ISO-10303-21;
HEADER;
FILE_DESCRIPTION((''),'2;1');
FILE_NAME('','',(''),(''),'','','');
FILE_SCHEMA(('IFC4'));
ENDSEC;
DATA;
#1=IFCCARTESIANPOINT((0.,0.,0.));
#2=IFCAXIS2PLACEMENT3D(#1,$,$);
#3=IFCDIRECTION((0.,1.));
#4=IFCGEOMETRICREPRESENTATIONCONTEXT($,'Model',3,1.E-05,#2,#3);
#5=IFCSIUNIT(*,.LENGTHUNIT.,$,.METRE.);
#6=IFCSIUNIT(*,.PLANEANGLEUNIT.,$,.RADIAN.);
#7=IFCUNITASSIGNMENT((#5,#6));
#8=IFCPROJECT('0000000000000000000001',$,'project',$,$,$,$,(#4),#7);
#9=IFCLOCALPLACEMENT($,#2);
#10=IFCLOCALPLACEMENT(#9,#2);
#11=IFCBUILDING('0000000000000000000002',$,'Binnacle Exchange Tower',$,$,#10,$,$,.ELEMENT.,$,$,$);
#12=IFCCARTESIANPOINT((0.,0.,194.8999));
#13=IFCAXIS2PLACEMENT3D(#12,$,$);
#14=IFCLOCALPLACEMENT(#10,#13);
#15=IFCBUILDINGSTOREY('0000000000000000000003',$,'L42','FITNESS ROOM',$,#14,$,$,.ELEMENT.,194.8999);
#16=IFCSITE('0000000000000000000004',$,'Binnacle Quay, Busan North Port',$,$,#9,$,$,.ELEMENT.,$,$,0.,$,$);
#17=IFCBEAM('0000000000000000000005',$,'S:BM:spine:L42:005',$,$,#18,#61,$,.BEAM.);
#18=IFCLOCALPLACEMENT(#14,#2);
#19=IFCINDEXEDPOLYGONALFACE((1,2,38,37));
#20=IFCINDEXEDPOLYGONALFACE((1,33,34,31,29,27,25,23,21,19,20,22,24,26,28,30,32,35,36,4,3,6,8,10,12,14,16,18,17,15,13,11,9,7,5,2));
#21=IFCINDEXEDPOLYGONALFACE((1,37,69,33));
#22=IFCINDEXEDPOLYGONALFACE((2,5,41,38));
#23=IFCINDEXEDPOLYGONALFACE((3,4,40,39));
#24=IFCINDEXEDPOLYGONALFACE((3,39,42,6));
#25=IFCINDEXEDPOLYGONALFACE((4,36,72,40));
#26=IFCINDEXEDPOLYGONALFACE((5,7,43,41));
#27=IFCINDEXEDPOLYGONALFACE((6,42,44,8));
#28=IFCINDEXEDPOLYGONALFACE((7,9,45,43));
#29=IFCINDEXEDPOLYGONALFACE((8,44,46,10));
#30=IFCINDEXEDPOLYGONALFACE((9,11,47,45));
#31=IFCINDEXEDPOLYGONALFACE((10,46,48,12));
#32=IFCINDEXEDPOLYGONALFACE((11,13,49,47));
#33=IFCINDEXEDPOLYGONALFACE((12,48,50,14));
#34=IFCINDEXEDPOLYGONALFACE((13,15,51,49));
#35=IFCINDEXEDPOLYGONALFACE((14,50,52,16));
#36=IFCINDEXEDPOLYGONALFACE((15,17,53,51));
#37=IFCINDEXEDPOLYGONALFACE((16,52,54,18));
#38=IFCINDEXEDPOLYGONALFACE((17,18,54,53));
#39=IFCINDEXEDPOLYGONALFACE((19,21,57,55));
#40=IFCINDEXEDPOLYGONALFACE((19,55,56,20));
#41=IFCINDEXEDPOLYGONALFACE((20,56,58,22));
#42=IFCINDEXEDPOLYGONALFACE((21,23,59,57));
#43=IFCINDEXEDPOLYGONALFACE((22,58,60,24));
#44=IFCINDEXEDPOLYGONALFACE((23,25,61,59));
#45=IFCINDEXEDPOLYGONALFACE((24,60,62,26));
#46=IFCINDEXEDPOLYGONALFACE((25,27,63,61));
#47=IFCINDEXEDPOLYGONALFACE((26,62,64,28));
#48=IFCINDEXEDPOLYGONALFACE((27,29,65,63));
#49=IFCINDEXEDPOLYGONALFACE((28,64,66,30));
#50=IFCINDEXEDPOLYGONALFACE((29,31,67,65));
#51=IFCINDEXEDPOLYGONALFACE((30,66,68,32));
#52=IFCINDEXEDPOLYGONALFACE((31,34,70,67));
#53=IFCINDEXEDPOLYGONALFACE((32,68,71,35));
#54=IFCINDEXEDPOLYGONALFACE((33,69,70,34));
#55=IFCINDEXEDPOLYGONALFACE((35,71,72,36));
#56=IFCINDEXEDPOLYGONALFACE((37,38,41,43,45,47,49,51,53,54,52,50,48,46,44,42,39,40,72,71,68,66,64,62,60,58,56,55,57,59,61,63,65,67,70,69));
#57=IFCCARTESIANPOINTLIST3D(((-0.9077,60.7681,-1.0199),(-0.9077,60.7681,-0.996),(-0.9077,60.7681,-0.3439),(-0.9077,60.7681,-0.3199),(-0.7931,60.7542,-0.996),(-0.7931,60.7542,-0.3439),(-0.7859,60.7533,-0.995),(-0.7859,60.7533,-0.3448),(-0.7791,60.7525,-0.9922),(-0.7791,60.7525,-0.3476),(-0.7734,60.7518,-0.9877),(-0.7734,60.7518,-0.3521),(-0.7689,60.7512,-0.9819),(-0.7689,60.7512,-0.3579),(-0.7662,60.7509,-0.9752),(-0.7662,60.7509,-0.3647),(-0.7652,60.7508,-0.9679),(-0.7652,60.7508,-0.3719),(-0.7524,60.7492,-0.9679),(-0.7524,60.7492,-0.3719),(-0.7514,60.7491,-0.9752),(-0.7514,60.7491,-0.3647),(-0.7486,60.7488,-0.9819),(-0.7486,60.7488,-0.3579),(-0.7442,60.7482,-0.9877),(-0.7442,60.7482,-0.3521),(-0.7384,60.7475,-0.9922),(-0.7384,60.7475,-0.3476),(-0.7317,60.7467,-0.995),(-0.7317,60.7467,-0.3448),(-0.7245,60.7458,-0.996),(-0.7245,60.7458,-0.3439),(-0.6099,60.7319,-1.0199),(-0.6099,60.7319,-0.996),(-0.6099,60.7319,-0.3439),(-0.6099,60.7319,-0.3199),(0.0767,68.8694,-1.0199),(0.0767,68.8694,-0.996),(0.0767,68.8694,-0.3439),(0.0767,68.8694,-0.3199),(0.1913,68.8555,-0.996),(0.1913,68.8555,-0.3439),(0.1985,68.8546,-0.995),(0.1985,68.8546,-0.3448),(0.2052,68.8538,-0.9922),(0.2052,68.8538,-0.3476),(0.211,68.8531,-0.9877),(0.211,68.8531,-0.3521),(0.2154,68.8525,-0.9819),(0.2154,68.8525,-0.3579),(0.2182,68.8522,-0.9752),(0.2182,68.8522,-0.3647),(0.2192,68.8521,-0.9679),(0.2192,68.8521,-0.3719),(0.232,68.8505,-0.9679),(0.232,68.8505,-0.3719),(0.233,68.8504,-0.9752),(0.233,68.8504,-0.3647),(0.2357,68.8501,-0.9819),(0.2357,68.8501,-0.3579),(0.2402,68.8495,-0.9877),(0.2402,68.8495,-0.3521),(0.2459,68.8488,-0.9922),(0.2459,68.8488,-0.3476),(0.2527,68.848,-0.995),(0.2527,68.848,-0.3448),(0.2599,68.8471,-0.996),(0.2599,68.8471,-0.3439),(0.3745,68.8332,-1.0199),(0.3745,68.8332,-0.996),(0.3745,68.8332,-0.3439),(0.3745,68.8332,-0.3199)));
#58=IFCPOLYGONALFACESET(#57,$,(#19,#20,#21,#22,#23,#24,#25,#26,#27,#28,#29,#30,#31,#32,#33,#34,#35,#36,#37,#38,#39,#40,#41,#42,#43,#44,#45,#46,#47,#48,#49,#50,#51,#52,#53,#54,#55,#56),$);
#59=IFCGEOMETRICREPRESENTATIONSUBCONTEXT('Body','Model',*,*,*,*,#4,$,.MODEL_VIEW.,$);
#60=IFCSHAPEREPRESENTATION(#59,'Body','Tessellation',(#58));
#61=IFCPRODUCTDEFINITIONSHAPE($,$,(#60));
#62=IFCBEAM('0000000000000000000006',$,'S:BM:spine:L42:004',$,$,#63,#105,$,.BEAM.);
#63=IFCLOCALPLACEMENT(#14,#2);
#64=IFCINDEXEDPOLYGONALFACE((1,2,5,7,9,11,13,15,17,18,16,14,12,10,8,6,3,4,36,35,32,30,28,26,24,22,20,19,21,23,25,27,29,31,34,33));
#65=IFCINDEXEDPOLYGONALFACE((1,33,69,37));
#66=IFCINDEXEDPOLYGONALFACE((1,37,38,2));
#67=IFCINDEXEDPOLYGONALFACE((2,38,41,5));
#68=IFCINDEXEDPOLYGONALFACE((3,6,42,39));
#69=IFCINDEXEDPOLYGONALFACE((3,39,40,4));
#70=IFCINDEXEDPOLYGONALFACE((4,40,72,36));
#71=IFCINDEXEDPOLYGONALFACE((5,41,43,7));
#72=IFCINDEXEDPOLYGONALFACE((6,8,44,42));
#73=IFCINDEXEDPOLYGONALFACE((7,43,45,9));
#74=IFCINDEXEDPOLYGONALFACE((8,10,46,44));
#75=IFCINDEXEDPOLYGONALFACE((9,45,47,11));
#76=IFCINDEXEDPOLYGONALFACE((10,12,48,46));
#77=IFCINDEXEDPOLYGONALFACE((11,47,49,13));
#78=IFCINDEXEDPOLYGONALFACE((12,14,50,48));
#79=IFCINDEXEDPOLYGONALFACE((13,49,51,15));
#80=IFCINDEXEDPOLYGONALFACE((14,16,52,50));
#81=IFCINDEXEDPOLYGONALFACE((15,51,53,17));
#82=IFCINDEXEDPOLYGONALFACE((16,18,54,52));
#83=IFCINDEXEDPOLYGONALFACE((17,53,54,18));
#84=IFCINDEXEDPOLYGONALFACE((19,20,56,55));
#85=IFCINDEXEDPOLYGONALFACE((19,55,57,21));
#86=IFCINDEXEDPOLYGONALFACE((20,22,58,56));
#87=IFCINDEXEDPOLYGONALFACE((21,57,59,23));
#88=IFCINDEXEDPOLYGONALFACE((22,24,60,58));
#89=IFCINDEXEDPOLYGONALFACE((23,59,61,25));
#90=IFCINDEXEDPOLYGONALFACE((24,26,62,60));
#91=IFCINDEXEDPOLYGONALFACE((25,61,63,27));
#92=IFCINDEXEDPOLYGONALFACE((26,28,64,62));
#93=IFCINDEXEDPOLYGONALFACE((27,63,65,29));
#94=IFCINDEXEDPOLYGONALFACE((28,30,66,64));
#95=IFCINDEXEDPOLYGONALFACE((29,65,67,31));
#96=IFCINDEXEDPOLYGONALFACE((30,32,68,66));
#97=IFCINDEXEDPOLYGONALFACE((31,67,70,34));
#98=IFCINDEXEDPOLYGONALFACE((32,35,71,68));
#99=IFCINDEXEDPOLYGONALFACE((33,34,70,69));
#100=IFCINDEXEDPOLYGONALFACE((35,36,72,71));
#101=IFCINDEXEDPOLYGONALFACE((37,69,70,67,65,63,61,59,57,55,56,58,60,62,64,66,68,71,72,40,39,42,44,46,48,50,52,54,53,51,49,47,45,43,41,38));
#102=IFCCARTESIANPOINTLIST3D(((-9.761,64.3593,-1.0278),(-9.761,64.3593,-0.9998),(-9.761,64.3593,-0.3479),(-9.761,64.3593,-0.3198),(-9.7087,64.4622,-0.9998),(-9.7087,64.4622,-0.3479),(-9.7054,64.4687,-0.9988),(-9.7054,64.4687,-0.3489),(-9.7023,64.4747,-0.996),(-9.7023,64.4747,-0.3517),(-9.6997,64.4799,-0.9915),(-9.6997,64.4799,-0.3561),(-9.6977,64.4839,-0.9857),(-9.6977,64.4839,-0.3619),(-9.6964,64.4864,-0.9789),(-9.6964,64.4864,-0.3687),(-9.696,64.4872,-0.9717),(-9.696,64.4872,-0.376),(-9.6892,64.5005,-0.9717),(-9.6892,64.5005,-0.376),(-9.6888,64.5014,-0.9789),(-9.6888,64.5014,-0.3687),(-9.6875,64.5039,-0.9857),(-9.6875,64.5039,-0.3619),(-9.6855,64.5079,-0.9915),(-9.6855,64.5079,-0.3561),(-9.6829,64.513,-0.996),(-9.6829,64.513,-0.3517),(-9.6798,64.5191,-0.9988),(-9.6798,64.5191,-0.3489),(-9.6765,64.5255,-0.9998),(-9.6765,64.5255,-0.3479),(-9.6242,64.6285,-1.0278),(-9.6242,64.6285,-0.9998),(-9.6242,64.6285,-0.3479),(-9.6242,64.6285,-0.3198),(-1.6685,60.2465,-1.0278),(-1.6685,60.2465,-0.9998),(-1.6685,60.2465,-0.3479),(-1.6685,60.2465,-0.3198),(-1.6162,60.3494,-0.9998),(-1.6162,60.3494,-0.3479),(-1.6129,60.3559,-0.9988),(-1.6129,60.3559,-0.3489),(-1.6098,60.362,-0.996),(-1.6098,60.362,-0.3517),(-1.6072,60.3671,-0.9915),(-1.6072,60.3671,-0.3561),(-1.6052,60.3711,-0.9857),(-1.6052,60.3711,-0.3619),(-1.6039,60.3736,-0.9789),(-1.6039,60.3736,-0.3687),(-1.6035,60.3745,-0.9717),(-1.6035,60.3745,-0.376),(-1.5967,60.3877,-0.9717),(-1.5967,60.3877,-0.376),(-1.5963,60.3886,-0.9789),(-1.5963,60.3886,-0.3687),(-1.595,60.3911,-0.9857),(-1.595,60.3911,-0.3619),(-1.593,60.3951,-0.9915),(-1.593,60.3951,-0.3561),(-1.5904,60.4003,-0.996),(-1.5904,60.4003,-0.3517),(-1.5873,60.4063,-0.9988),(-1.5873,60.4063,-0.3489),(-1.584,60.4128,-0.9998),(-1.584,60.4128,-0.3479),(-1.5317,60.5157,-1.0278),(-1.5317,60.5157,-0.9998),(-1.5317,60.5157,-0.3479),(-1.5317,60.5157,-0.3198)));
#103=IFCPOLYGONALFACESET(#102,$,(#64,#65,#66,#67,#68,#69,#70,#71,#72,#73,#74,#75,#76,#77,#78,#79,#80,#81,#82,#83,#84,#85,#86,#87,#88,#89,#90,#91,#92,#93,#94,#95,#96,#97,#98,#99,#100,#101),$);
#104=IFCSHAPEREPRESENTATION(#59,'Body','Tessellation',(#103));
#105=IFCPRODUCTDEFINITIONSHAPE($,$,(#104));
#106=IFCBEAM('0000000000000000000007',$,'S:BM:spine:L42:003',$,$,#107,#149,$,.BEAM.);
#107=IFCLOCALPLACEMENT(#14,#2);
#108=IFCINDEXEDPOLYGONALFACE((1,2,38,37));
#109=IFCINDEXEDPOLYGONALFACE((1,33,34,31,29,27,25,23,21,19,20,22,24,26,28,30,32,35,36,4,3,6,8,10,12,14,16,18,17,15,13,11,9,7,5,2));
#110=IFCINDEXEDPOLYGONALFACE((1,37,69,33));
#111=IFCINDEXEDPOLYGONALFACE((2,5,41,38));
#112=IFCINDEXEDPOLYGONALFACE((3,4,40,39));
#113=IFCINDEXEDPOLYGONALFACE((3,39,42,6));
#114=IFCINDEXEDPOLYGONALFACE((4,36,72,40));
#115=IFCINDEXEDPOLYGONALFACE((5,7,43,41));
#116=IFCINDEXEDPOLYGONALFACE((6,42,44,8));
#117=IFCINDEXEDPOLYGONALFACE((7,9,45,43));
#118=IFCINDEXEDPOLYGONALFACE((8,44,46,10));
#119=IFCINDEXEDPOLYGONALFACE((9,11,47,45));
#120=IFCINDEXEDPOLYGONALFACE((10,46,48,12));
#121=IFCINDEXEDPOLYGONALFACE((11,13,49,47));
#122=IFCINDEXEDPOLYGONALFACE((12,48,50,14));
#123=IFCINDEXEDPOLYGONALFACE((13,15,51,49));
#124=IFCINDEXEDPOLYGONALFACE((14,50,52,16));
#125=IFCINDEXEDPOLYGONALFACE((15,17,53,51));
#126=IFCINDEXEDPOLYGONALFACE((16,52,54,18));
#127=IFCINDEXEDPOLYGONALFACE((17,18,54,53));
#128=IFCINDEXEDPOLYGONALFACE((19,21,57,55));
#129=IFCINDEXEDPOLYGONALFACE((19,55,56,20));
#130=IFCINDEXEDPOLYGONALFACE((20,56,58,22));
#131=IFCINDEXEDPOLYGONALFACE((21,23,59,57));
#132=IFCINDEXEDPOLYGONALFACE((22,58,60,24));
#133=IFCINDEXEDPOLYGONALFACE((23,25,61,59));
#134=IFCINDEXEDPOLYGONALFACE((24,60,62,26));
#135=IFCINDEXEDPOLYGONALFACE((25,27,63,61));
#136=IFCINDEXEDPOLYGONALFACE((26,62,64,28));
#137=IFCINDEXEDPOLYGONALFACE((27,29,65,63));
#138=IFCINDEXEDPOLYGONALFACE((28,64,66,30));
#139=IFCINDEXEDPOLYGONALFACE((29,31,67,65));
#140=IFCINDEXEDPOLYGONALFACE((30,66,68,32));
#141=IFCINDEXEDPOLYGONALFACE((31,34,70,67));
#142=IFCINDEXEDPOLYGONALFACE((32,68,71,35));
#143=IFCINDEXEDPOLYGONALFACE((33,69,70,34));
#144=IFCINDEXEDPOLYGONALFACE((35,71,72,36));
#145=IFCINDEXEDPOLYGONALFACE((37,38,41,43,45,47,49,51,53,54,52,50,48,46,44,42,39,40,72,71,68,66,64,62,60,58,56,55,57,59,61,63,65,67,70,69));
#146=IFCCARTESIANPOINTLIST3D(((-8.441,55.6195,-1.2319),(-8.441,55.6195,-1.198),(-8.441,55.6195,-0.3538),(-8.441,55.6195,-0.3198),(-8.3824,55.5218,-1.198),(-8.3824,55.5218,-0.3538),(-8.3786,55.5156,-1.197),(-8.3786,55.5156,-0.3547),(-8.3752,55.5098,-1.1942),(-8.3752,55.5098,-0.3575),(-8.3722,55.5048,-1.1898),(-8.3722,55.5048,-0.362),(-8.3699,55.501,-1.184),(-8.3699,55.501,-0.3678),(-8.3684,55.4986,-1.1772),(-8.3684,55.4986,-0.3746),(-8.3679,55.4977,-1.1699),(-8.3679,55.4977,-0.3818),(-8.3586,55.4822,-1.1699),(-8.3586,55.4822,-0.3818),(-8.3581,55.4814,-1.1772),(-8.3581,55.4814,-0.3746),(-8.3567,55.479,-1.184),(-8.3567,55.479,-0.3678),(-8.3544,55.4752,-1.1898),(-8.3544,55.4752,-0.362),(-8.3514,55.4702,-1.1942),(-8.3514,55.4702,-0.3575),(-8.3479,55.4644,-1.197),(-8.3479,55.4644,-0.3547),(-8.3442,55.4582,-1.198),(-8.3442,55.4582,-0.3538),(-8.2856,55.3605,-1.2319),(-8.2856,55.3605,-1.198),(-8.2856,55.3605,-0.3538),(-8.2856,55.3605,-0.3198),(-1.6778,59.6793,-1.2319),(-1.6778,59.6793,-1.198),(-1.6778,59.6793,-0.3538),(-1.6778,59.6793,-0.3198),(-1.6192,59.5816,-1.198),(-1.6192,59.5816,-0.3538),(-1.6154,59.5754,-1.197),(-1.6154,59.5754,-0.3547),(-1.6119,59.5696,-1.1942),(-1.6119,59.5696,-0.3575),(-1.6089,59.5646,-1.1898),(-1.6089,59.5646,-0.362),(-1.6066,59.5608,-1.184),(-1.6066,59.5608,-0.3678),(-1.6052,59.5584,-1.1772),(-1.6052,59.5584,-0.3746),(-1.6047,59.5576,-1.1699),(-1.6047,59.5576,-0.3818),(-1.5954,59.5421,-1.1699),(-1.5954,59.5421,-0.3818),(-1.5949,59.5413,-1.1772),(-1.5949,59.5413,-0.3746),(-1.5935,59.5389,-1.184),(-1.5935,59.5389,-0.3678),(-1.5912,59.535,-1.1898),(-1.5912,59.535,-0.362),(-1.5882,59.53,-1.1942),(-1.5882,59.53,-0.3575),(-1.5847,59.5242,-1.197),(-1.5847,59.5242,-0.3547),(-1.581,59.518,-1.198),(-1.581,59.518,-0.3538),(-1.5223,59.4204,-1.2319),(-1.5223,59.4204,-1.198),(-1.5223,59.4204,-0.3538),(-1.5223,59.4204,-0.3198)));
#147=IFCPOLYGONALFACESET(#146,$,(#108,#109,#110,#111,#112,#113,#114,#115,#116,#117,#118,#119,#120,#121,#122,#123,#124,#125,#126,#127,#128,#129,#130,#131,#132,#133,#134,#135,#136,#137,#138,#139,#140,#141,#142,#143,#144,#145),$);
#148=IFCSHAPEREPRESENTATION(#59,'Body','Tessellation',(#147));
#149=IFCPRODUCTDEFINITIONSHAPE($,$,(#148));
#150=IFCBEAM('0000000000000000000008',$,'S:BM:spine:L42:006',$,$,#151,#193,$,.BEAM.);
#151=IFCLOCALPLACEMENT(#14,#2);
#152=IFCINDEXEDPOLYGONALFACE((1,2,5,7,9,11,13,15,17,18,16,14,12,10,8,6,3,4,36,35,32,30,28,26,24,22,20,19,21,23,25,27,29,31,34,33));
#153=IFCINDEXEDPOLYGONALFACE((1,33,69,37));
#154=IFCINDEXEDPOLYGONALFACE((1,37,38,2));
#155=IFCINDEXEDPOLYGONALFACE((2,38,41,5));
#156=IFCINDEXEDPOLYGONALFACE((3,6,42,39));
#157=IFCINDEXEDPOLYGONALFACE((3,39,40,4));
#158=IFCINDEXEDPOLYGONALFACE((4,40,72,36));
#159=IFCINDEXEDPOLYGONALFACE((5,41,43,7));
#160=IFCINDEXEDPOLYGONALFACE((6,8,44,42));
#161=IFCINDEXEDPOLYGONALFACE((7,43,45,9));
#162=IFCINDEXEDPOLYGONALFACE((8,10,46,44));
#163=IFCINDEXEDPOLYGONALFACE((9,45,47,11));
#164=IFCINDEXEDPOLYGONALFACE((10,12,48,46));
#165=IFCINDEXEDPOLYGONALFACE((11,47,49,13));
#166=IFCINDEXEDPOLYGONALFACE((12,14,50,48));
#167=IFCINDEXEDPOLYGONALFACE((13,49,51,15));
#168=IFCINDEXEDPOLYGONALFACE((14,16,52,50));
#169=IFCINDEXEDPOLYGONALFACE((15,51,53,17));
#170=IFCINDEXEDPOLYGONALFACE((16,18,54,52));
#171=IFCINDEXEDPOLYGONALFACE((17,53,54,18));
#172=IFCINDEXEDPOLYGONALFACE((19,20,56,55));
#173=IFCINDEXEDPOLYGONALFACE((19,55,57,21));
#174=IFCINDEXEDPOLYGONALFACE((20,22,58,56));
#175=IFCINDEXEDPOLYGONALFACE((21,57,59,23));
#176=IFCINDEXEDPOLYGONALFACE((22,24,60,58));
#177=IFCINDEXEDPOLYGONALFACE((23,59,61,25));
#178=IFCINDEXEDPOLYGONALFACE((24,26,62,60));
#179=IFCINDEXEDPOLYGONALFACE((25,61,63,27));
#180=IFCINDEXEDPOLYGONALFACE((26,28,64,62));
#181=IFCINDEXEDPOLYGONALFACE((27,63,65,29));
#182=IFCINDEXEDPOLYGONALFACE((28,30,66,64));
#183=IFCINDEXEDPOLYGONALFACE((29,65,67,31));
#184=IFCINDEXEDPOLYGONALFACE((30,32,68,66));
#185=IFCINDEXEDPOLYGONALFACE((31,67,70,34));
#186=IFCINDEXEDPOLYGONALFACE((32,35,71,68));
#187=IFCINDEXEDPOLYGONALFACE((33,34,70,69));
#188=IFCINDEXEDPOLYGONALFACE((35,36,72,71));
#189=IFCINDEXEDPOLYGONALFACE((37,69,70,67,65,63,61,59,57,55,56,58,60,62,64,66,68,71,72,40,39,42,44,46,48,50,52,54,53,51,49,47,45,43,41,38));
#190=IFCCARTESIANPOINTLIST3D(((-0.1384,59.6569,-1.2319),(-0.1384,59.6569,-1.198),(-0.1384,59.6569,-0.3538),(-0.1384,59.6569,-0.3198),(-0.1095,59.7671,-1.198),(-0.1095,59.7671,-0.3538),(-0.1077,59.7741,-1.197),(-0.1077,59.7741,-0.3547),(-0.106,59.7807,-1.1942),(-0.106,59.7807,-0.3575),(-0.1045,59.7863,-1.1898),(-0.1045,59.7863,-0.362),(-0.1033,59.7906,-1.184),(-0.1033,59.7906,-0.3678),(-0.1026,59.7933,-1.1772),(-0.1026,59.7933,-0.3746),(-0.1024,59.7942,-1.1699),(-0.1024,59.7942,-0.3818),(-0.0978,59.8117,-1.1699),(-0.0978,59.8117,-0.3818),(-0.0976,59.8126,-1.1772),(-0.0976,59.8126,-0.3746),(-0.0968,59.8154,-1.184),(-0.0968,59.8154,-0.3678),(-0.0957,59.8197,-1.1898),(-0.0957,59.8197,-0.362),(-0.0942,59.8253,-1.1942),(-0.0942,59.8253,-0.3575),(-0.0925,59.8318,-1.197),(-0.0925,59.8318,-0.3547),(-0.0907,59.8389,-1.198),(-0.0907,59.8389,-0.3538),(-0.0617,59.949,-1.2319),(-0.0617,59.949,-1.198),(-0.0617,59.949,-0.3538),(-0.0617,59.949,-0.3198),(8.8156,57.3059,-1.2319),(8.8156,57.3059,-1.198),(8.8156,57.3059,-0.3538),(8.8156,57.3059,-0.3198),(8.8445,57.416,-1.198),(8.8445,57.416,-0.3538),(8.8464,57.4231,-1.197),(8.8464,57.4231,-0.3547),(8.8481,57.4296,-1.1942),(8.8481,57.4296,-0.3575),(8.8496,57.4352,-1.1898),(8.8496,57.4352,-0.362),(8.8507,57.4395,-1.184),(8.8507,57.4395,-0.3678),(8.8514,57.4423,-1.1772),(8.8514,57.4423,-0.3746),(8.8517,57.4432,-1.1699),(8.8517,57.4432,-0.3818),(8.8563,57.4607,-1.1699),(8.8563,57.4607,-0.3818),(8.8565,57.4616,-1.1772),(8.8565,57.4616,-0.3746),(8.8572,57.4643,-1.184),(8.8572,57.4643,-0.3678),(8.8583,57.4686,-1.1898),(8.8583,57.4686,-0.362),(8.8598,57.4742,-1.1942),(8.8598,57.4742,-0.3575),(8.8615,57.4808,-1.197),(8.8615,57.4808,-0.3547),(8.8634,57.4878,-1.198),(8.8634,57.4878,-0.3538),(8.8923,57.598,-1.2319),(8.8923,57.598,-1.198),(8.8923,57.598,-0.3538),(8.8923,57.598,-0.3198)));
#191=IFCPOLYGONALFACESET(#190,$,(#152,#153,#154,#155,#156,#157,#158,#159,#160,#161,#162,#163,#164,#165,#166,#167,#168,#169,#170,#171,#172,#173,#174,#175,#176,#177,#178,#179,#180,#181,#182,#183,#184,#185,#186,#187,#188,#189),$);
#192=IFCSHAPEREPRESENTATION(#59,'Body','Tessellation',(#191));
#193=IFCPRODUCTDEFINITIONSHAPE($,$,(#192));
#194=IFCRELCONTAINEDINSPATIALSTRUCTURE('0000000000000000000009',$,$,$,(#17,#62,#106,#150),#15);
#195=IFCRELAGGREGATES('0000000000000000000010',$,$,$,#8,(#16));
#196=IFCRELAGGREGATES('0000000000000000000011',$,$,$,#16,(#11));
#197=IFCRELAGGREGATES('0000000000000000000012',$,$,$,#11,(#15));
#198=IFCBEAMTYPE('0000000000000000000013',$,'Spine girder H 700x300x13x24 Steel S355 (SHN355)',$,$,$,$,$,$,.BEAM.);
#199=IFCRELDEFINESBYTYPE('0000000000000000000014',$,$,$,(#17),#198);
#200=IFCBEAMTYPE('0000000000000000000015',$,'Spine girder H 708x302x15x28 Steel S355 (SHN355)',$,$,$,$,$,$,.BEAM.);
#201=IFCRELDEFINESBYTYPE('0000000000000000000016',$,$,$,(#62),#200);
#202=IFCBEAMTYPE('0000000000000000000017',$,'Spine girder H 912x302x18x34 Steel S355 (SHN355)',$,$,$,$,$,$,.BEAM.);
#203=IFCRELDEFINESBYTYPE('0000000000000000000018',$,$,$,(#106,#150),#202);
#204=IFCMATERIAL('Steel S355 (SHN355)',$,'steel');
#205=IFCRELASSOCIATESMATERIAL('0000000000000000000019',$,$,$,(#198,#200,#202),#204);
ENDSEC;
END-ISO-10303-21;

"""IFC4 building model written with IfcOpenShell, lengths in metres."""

from ifc_helpers import new_model, si_unit, direction, frame, origin, origin_2d, place, context, subcontext, project, spatial, i_section, extrude, material, material_profile, profile_set, type_object, element, save


model = new_model("IFC4")

# Units and contexts
model_context = context("Model", 3, precision=1e-05, world=origin(), true_north=direction((0.0, 1.0)))
body_context = subcontext(model_context, "Body", "Model", "MODEL_VIEW")
ifc_project = project(units=[si_unit("LENGTHUNIT", "METRE"), si_unit("PLANEANGLEUNIT", "RADIAN")], contexts=[model_context])

# Site, building, storey
site_placement = place(None, origin())
site = spatial("IfcSite", under=ifc_project, at=site_placement, Name="Binnacle Quay, Busan North Port", CompositionType="ELEMENT", RefElevation=0.0)
building_placement = place(site_placement, origin())
building = spatial("IfcBuilding", under=site, at=building_placement, Name="Binnacle Exchange Tower", CompositionType="ELEMENT")
storey_placement = place(building_placement, frame((0.0, 0.0, 194.8999)))
storey = spatial("IfcBuildingStorey", under=building, at=storey_placement, Name="L42", Description="FITNESS ROOM", CompositionType="ELEMENT", Elevation=194.8999)

# Beams
ifc_material_1 = material(Name="Steel S355 (SHN355)", Category="steel")
ifc_material_profile_1 = material_profile(ifc_material_1, i_section(OverallWidth=0.3, OverallDepth=0.7, WebThickness=0.0129, FlangeThickness=0.0239, FilletRadius=0.0281, at=origin_2d()), Name="H 700x300x13x24")
ifc_profile_set_1 = profile_set([ifc_material_profile_1], Name="Steel S355 (SHN355)")
beam_type_1 = type_object("IfcBeamType", Name="Spine girder H 700x300x13x24 Steel S355 (SHN355)", PredefinedType="BEAM", material=ifc_profile_set_1)
beam_1_placement = place(storey_placement, frame((-0.7588, 60.75, -0.6699), z_axis=(0.120621, 0.992699, 0.0), x_axis=(-0.992699, 0.120621, 0.0)))
element("IfcBeam", 1, at=beam_1_placement, inside=storey, type_object=beam_type_1, Name="S:BM:spine:L42:005", PredefinedType="BEAM", context=body_context, shape_type="SweptSolid", body=[
    extrude(i_section(OverallWidth=0.3, OverallDepth=0.7, WebThickness=0.0129, FlangeThickness=0.0239, FilletRadius=0.0281, at=origin_2d()), origin(), (0.0, 0.0, 1.0), 8.1609),
])
ifc_material_profile_2 = material_profile(ifc_material_1, i_section(OverallWidth=0.302, OverallDepth=0.708, WebThickness=0.0149, FlangeThickness=0.0281, FilletRadius=0.0281, at=origin_2d()), Name="H 708x302x15x28")
ifc_profile_set_2 = profile_set([ifc_material_profile_2], Name="Steel S355 (SHN355)")
beam_type_2 = type_object("IfcBeamType", Name="Spine girder H 708x302x15x28 Steel S355 (SHN355)", PredefinedType="BEAM", material=ifc_profile_set_2)
beam_2_placement = place(storey_placement, frame((-1.6001, 60.3811, -0.6738), z_axis=(-0.891476, 0.453067, 0.0), x_axis=(-0.453067, -0.891476, 0.0)))
element("IfcBeam", 2, at=beam_2_placement, inside=storey, type_object=beam_type_2, Name="S:BM:spine:L42:004", PredefinedType="BEAM", context=body_context, shape_type="SweptSolid", body=[
    extrude(i_section(OverallWidth=0.302, OverallDepth=0.708, WebThickness=0.0149, FlangeThickness=0.0281, FilletRadius=0.0281, at=origin_2d()), origin(), (0.0, 0.0, 1.0), 9.0776),
])
ifc_material_profile_3 = material_profile(ifc_material_1, i_section(OverallWidth=0.302, OverallDepth=0.9121, WebThickness=0.0181, FlangeThickness=0.0339, FilletRadius=0.0281, at=origin_2d()), Name="H 912x302x18x34")
ifc_profile_set_3 = profile_set([ifc_material_profile_3], Name="Steel S355 (SHN355)")
beam_type_3 = type_object("IfcBeamType", Name="Spine girder H 912x302x18x34 Steel S355 (SHN355)", PredefinedType="BEAM", material=ifc_profile_set_3)
beam_3_placement = place(storey_placement, frame((-8.3633, 55.49, -0.7759), z_axis=(0.857386, 0.514673, 0.0), x_axis=(-0.514673, 0.857386, 0.0)))
element("IfcBeam", 3, at=beam_3_placement, inside=storey, type_object=beam_type_3, Name="S:BM:spine:L42:003", PredefinedType="BEAM", context=body_context, shape_type="SweptSolid", body=[
    extrude(i_section(OverallWidth=0.302, OverallDepth=0.9121, WebThickness=0.0181, FlangeThickness=0.0339, FilletRadius=0.0281, at=origin_2d()), origin(), (0.0, 0.0, 1.0), 7.8882),
])
beam_4_placement = place(storey_placement, frame((-0.1001, 59.803, -0.7759), z_axis=(0.967214, -0.253961, 0.0), x_axis=(0.253961, 0.967214, 0.0)))
element("IfcBeam", 4, at=beam_4_placement, inside=storey, type_object=beam_type_3, Name="S:BM:spine:L42:006", PredefinedType="BEAM", context=body_context, shape_type="SweptSolid", body=[
    extrude(i_section(OverallWidth=0.302, OverallDepth=0.9121, WebThickness=0.0181, FlangeThickness=0.0339, FilletRadius=0.0281, at=origin_2d()), origin(), (0.0, 0.0, 1.0), 9.2576),
])

save(model, "model.ifc")
